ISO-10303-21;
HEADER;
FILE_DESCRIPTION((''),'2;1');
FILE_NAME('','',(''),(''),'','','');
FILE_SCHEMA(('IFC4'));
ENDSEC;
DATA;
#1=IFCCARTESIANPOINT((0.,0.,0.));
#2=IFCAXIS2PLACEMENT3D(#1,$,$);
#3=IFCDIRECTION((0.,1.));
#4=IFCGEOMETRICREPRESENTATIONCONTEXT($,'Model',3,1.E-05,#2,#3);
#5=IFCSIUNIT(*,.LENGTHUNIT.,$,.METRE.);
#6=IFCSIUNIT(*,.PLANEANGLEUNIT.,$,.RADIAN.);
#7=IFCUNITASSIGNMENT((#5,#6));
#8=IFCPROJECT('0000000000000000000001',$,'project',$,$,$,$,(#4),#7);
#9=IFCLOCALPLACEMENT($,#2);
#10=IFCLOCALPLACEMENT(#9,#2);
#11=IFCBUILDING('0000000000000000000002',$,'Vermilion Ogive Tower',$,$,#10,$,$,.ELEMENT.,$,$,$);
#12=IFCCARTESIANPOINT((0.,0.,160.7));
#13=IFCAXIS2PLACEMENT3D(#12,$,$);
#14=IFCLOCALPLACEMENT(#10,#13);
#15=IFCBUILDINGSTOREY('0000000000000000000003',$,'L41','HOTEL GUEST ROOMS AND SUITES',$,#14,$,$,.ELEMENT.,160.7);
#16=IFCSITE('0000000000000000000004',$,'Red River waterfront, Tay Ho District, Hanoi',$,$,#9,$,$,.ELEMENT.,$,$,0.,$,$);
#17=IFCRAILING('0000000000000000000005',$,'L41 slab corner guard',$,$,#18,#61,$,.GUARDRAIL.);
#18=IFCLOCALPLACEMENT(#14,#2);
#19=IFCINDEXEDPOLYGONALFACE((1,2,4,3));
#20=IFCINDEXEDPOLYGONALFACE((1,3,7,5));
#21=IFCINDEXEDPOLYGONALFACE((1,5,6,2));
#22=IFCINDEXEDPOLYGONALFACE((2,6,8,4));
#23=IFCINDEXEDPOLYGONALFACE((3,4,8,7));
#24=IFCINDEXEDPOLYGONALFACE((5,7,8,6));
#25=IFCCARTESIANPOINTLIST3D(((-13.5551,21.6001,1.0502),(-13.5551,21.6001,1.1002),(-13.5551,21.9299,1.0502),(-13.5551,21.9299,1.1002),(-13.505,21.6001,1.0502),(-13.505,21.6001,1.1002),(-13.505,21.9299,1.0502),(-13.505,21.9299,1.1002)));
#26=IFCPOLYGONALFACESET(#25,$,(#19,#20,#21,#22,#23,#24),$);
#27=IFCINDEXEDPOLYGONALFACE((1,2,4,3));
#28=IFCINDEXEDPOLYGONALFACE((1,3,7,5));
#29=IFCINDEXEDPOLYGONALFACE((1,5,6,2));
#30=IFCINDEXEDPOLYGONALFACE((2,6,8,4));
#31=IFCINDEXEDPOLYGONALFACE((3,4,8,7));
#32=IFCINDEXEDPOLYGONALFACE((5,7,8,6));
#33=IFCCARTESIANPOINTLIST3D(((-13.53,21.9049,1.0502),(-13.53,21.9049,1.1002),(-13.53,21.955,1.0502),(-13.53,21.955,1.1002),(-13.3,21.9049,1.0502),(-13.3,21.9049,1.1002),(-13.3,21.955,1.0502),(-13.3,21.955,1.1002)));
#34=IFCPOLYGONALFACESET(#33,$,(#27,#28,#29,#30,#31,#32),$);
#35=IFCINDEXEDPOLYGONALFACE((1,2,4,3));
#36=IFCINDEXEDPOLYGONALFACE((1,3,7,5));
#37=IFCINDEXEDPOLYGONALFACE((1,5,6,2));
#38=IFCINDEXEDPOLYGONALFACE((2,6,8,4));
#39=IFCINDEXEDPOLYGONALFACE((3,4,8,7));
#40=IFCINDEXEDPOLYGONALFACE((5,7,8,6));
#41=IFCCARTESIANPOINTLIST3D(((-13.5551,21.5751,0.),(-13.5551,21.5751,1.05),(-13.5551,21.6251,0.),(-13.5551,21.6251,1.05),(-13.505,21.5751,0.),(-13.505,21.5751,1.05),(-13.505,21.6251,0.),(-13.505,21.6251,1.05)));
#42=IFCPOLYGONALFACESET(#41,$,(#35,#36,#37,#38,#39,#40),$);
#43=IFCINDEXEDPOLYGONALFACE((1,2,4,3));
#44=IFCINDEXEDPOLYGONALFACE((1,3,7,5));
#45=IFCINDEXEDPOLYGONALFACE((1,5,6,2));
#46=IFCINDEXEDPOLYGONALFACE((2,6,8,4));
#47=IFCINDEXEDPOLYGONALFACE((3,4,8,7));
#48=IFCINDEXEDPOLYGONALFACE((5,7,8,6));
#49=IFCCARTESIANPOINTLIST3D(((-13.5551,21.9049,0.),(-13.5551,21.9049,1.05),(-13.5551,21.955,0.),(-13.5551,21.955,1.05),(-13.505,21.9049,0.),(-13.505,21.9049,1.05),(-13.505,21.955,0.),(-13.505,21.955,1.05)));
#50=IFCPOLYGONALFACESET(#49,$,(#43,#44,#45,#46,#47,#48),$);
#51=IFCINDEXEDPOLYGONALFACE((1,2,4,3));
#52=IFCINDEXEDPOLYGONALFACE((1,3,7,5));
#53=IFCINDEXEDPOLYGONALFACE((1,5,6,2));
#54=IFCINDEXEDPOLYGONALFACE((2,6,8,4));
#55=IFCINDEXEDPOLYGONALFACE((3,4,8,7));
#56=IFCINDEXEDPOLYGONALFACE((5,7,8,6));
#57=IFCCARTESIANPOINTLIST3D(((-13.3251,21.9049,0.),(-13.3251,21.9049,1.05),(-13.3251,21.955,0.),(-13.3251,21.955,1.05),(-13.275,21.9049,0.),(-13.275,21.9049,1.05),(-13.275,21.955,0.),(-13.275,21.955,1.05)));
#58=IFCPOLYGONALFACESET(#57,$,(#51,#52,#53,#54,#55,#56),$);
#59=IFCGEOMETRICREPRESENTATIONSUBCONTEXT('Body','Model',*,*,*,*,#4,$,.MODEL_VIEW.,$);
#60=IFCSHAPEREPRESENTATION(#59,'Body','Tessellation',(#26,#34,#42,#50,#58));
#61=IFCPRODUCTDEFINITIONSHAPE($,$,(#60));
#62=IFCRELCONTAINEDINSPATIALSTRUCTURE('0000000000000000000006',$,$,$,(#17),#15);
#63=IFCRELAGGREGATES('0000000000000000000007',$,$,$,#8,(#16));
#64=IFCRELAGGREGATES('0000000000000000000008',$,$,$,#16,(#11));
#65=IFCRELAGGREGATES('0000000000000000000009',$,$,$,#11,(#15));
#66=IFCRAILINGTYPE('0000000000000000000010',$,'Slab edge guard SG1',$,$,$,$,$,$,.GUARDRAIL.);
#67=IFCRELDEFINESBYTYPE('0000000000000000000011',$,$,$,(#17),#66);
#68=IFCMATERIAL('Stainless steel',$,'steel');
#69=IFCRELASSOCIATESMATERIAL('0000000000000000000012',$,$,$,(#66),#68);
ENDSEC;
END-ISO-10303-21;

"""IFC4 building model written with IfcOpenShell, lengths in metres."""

from ifc_helpers import new_model, si_unit, direction, frame, origin, origin_2d, place, context, subcontext, project, spatial, rectangle, extrude, material, type_object, element, save


model = new_model("IFC4")

# Units and contexts
model_context = context("Model", 3, precision=1e-05, world=origin(), true_north=direction((0.0, 1.0)))
body_context = subcontext(model_context, "Body", "Model", "MODEL_VIEW")
ifc_project = project(units=[si_unit("LENGTHUNIT", "METRE"), si_unit("PLANEANGLEUNIT", "RADIAN")], contexts=[model_context])

# Site, building, storey
site_placement = place(None, origin())
site = spatial("IfcSite", under=ifc_project, at=site_placement, Name="Red River waterfront, Tay Ho District, Hanoi", CompositionType="ELEMENT", RefElevation=0.0)
building_placement = place(site_placement, origin())
building = spatial("IfcBuilding", under=site, at=building_placement, Name="Vermilion Ogive Tower", CompositionType="ELEMENT")
storey_placement = place(building_placement, frame((0.0, 0.0, 160.7)))
storey = spatial("IfcBuildingStorey", under=building, at=storey_placement, Name="L41", Description="HOTEL GUEST ROOMS AND SUITES", CompositionType="ELEMENT", Elevation=160.7)

# Railing
ifc_material_1 = material(Name="Stainless steel", Category="steel")
railing_type = type_object("IfcRailingType", Name="Slab edge guard SG1", PredefinedType="GUARDRAIL", material=ifc_material_1)
railing_1_placement = place(storey_placement, frame((-13.53, 21.6001, 0.0)))
element("IfcRailing", 1, at=railing_1_placement, inside=storey, type_object=railing_type, Name="L41 slab corner guard", PredefinedType="GUARDRAIL", context=body_context, shape_type="SweptSolid", body=[
    extrude(rectangle(XDim=0.05, YDim=0.05, at=origin_2d()), frame((0.0, 0.0, 1.0752), z_axis=(0.0, 1.0, 0.0), x_axis=(-1.0, 0.0, 0.0)), (0.0, 0.0, 1.0), 0.3298),
    extrude(rectangle(XDim=0.05, YDim=0.05, at=origin_2d()), frame((0.0, 0.3298, 1.0752), z_axis=(1.0, 0.0, 0.0), x_axis=(0.0, 1.0, 0.0)), (0.0, 0.0, 1.0), 0.23),
    extrude(rectangle(XDim=0.05, YDim=0.05, at=origin_2d()), origin(), (0.0, 0.0, 1.0), 1.05),
    extrude(rectangle(XDim=0.05, YDim=0.05, at=origin_2d()), frame((0.0, 0.3298, 0.0)), (0.0, 0.0, 1.0), 1.05),
    extrude(rectangle(XDim=0.05, YDim=0.05, at=origin_2d()), frame((0.23, 0.3298, 0.0)), (0.0, 0.0, 1.0), 1.05),
])

save(model, "model.ifc")
